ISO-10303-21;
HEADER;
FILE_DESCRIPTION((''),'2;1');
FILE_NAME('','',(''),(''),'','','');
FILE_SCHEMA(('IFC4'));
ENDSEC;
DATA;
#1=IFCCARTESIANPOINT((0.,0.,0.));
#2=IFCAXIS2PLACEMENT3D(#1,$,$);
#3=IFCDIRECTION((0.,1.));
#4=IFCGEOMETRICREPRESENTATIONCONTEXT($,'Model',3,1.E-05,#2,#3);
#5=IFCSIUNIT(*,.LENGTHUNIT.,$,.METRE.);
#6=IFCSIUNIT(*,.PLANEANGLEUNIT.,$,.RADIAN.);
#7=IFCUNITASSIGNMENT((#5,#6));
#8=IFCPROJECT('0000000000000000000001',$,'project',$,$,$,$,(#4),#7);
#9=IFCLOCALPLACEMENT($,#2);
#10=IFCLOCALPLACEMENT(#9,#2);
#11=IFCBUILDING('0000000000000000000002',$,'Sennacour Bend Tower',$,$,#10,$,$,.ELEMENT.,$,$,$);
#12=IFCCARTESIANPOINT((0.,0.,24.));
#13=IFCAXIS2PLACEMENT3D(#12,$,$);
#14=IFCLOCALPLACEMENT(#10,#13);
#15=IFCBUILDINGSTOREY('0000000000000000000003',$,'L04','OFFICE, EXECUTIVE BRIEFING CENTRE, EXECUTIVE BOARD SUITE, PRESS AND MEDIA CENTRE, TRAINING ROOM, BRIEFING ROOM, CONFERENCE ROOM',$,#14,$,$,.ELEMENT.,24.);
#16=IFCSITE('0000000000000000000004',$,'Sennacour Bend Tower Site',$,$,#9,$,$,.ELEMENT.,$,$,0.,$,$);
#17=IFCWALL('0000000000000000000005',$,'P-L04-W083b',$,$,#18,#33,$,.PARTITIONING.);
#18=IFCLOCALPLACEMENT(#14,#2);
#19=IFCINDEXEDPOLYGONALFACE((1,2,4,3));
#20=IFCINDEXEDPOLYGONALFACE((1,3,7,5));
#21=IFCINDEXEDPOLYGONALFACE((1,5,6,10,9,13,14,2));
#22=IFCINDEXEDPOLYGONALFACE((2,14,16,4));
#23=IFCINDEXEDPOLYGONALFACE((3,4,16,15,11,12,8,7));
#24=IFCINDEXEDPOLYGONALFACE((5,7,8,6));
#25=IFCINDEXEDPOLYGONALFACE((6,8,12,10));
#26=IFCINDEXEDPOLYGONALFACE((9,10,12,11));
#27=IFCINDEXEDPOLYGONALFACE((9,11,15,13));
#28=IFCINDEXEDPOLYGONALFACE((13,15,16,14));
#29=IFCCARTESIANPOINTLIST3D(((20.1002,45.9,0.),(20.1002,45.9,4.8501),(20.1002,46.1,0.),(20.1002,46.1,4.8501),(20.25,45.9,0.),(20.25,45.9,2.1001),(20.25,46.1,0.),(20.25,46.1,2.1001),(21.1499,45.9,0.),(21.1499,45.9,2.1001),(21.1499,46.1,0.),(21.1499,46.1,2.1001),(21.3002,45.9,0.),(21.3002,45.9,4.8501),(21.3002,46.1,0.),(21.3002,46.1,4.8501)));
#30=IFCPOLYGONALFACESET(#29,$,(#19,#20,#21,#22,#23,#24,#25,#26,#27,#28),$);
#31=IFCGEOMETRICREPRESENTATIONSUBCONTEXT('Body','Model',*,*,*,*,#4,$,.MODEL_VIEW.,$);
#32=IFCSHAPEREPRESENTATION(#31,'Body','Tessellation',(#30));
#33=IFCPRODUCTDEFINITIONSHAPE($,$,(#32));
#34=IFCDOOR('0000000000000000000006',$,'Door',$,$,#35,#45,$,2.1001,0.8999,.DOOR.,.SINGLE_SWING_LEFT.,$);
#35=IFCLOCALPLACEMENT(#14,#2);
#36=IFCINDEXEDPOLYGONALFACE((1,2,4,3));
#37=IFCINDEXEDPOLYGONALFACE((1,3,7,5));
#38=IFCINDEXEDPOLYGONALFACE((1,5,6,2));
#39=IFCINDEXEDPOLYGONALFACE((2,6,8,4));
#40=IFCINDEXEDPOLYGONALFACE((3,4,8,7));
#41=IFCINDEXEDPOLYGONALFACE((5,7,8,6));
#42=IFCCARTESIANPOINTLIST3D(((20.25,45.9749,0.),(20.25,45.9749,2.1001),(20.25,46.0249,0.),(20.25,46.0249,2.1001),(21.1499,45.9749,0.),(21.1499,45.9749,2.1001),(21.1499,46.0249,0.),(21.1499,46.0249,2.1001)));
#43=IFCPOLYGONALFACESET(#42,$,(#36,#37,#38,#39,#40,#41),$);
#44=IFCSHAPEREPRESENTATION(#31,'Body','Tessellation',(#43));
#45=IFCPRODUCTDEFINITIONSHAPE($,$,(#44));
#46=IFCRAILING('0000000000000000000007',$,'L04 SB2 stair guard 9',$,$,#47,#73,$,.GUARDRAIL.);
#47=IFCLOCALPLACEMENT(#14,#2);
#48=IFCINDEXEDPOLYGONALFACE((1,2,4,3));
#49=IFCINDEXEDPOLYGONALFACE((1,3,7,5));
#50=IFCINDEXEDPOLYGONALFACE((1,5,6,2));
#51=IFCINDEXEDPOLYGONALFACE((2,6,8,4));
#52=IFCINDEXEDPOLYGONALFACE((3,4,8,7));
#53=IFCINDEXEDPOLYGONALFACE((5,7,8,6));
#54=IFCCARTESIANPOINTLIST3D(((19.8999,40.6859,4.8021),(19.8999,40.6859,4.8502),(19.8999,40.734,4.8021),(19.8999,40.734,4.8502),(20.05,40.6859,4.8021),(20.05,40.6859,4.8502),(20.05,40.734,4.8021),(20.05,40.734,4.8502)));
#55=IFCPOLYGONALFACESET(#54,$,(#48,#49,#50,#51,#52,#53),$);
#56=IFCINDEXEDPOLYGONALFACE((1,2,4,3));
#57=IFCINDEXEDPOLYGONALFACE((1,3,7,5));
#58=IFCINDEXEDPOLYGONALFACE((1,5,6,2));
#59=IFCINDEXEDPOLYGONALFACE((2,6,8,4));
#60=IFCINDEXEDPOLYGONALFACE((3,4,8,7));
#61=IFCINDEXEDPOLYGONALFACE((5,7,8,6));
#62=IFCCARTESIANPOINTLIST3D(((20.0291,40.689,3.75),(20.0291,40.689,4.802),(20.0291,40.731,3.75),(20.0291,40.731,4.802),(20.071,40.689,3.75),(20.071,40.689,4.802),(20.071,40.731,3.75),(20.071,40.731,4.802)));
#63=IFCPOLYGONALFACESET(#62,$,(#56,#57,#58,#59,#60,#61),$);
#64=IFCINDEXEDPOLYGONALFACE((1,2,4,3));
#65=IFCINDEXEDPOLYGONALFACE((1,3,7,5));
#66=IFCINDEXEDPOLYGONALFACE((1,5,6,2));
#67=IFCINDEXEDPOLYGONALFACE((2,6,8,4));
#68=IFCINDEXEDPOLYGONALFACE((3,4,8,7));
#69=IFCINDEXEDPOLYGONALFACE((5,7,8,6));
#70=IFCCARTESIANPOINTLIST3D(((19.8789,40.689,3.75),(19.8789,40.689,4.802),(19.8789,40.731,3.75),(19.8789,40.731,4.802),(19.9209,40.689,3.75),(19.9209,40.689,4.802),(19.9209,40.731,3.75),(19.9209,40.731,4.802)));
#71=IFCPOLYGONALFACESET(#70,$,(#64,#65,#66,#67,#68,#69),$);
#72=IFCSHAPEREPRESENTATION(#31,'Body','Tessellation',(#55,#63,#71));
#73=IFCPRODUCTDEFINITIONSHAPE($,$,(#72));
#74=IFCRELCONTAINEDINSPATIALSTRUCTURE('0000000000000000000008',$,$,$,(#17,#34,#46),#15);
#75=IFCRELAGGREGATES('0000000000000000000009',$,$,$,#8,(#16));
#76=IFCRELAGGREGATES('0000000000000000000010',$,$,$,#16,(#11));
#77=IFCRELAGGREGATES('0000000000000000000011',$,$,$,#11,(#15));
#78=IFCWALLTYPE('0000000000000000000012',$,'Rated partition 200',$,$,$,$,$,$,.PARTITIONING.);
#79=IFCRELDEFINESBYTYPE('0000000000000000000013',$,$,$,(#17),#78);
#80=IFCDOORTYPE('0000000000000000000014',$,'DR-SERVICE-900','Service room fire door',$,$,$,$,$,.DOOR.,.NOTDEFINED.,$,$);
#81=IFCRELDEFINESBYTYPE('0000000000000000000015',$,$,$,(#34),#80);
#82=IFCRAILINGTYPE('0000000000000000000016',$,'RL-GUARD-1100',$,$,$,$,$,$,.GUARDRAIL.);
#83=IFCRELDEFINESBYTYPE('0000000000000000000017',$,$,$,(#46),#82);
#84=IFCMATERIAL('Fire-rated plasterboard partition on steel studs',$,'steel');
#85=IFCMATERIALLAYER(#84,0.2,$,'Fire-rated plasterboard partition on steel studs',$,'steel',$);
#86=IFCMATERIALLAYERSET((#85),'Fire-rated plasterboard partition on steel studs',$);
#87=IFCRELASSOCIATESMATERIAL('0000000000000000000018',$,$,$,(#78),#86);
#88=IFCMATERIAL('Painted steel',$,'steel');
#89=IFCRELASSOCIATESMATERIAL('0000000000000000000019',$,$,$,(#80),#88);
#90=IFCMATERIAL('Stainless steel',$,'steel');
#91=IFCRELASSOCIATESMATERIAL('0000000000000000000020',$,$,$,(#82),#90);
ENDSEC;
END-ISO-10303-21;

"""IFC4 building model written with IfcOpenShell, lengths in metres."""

from ifc_helpers import new_model, si_unit, direction, frame, frame_2d, origin, origin_2d, place, context, subcontext, project, spatial, rectangle, extrude, material, layer, layer_set, type_object, element, fill, save


model = new_model("IFC4")

# Units and contexts
model_context = context("Model", 3, precision=1e-05, world=origin(), true_north=direction((0.0, 1.0)))
body_context = subcontext(model_context, "Body", "Model", "MODEL_VIEW")
ifc_project = project(units=[si_unit("LENGTHUNIT", "METRE"), si_unit("PLANEANGLEUNIT", "RADIAN")], contexts=[model_context])

# Site, building, storey
site_placement = place(None, origin())
site = spatial("IfcSite", under=ifc_project, at=site_placement, Name="Sennacour Bend Tower Site", CompositionType="ELEMENT", RefElevation=0.0)
building_placement = place(site_placement, origin())
building = spatial("IfcBuilding", under=site, at=building_placement, Name="Sennacour Bend Tower", CompositionType="ELEMENT")
storey_placement = place(building_placement, frame((0.0, 0.0, 24.0)))
storey = spatial("IfcBuildingStorey", under=building, at=storey_placement, Name="L04", Description="OFFICE, EXECUTIVE BRIEFING CENTRE, EXECUTIVE BOARD SUITE, PRESS AND MEDIA CENTRE, TRAINING ROOM, BRIEFING ROOM, CONFERENCE ROOM", CompositionType="ELEMENT", Elevation=24.0)

# Wall, opening, door
ifc_material_1 = material(Name="Fire-rated plasterboard partition on steel studs", Category="steel")
ifc_layer_1 = layer(ifc_material_1, 0.2, Name="Fire-rated plasterboard partition on steel studs", Category="steel")
ifc_layer_set_1 = layer_set([ifc_layer_1], Name="Fire-rated plasterboard partition on steel studs")
wall_type = type_object("IfcWallType", Name="Rated partition 200", PredefinedType="PARTITIONING", material=ifc_layer_set_1)
wall_placement = place(storey_placement, frame((20.1001, 46.0, 0.0), z_axis=(0.0, 0.0, 1.0), x_axis=(1.0, 0.0, 0.0)))
wall = element("IfcWall", 1, at=wall_placement, inside=storey, type_object=wall_type, Name="P-L04-W083b", PredefinedType="PARTITIONING", context=body_context, shape_type="SweptSolid", body=[
    extrude(rectangle(XDim=1.2, YDim=0.2, at=frame_2d((0.6001, 0.0))), origin(), (0.0, 0.0, 1.0), 4.8501),
])
opening_placement = place(wall_placement, frame((0.1499, 0.0, 0.0)))
opening = element("IfcOpeningElement", 2, at=opening_placement, cuts=wall, PredefinedType="OPENING", context=body_context, shape_type="SweptSolid", body=[
    extrude(rectangle(XDim=0.8999, YDim=2.1001, at=frame_2d((0.45, 1.05))), frame((0.0, 0.1099, 0.0), z_axis=(0.0, -1.0, 0.0), x_axis=(1.0, 0.0, 0.0)), (0.0, 0.0, 1.0), 0.22),
])
ifc_material_2 = material(Name="Painted steel", Category="steel")
door_type = type_object("IfcDoorType", Name="DR-SERVICE-900", Description="Service room fire door", OperationType="NOTDEFINED", PredefinedType="DOOR", material=ifc_material_2)
door_placement = place(opening_placement, origin())
door = element("IfcDoor", 3, at=door_placement, inside=storey, type_object=door_type, Name="Door", OperationType="SINGLE_SWING_LEFT", OverallHeight=2.1001, OverallWidth=0.8999, PredefinedType="DOOR", context=body_context, shape_type="SweptSolid", body=[
    extrude(rectangle(XDim=0.8999, YDim=2.1001, at=frame_2d((0.45, 1.05))), frame((0.0, 0.0249, 0.0), z_axis=(0.0, -1.0, 0.0), x_axis=(1.0, 0.0, 0.0)), (0.0, 0.0, 1.0), 0.05),
])
fill(opening, door)

# Railing
ifc_material_3 = material(Name="Stainless steel", Category="steel")
railing_type = type_object("IfcRailingType", Name="RL-GUARD-1100", PredefinedType="GUARDRAIL", material=ifc_material_3)
railing_placement = place(storey_placement, frame((20.05, 40.71, 3.75)))
element("IfcRailing", 4, at=railing_placement, inside=storey, type_object=railing_type, Name="L04 SB2 stair guard 9", PredefinedType="GUARDRAIL", context=body_context, shape_type="SweptSolid", body=[
    extrude(rectangle(XDim=0.0481, YDim=0.0481, at=origin_2d()), frame((0.0, 0.0, 1.0762), z_axis=(-1.0, 0.0, 0.0), x_axis=(0.0, -1.0, 0.0)), (0.0, 0.0, 1.0), 0.1501),
    extrude(rectangle(XDim=0.042, YDim=0.042, at=origin_2d()), origin(), (0.0, 0.0, 1.0), 1.052),
    extrude(rectangle(XDim=0.042, YDim=0.042, at=origin_2d()), frame((-0.1501, 0.0, 0.0)), (0.0, 0.0, 1.0), 1.052),
])

save(model, "model.ifc")
